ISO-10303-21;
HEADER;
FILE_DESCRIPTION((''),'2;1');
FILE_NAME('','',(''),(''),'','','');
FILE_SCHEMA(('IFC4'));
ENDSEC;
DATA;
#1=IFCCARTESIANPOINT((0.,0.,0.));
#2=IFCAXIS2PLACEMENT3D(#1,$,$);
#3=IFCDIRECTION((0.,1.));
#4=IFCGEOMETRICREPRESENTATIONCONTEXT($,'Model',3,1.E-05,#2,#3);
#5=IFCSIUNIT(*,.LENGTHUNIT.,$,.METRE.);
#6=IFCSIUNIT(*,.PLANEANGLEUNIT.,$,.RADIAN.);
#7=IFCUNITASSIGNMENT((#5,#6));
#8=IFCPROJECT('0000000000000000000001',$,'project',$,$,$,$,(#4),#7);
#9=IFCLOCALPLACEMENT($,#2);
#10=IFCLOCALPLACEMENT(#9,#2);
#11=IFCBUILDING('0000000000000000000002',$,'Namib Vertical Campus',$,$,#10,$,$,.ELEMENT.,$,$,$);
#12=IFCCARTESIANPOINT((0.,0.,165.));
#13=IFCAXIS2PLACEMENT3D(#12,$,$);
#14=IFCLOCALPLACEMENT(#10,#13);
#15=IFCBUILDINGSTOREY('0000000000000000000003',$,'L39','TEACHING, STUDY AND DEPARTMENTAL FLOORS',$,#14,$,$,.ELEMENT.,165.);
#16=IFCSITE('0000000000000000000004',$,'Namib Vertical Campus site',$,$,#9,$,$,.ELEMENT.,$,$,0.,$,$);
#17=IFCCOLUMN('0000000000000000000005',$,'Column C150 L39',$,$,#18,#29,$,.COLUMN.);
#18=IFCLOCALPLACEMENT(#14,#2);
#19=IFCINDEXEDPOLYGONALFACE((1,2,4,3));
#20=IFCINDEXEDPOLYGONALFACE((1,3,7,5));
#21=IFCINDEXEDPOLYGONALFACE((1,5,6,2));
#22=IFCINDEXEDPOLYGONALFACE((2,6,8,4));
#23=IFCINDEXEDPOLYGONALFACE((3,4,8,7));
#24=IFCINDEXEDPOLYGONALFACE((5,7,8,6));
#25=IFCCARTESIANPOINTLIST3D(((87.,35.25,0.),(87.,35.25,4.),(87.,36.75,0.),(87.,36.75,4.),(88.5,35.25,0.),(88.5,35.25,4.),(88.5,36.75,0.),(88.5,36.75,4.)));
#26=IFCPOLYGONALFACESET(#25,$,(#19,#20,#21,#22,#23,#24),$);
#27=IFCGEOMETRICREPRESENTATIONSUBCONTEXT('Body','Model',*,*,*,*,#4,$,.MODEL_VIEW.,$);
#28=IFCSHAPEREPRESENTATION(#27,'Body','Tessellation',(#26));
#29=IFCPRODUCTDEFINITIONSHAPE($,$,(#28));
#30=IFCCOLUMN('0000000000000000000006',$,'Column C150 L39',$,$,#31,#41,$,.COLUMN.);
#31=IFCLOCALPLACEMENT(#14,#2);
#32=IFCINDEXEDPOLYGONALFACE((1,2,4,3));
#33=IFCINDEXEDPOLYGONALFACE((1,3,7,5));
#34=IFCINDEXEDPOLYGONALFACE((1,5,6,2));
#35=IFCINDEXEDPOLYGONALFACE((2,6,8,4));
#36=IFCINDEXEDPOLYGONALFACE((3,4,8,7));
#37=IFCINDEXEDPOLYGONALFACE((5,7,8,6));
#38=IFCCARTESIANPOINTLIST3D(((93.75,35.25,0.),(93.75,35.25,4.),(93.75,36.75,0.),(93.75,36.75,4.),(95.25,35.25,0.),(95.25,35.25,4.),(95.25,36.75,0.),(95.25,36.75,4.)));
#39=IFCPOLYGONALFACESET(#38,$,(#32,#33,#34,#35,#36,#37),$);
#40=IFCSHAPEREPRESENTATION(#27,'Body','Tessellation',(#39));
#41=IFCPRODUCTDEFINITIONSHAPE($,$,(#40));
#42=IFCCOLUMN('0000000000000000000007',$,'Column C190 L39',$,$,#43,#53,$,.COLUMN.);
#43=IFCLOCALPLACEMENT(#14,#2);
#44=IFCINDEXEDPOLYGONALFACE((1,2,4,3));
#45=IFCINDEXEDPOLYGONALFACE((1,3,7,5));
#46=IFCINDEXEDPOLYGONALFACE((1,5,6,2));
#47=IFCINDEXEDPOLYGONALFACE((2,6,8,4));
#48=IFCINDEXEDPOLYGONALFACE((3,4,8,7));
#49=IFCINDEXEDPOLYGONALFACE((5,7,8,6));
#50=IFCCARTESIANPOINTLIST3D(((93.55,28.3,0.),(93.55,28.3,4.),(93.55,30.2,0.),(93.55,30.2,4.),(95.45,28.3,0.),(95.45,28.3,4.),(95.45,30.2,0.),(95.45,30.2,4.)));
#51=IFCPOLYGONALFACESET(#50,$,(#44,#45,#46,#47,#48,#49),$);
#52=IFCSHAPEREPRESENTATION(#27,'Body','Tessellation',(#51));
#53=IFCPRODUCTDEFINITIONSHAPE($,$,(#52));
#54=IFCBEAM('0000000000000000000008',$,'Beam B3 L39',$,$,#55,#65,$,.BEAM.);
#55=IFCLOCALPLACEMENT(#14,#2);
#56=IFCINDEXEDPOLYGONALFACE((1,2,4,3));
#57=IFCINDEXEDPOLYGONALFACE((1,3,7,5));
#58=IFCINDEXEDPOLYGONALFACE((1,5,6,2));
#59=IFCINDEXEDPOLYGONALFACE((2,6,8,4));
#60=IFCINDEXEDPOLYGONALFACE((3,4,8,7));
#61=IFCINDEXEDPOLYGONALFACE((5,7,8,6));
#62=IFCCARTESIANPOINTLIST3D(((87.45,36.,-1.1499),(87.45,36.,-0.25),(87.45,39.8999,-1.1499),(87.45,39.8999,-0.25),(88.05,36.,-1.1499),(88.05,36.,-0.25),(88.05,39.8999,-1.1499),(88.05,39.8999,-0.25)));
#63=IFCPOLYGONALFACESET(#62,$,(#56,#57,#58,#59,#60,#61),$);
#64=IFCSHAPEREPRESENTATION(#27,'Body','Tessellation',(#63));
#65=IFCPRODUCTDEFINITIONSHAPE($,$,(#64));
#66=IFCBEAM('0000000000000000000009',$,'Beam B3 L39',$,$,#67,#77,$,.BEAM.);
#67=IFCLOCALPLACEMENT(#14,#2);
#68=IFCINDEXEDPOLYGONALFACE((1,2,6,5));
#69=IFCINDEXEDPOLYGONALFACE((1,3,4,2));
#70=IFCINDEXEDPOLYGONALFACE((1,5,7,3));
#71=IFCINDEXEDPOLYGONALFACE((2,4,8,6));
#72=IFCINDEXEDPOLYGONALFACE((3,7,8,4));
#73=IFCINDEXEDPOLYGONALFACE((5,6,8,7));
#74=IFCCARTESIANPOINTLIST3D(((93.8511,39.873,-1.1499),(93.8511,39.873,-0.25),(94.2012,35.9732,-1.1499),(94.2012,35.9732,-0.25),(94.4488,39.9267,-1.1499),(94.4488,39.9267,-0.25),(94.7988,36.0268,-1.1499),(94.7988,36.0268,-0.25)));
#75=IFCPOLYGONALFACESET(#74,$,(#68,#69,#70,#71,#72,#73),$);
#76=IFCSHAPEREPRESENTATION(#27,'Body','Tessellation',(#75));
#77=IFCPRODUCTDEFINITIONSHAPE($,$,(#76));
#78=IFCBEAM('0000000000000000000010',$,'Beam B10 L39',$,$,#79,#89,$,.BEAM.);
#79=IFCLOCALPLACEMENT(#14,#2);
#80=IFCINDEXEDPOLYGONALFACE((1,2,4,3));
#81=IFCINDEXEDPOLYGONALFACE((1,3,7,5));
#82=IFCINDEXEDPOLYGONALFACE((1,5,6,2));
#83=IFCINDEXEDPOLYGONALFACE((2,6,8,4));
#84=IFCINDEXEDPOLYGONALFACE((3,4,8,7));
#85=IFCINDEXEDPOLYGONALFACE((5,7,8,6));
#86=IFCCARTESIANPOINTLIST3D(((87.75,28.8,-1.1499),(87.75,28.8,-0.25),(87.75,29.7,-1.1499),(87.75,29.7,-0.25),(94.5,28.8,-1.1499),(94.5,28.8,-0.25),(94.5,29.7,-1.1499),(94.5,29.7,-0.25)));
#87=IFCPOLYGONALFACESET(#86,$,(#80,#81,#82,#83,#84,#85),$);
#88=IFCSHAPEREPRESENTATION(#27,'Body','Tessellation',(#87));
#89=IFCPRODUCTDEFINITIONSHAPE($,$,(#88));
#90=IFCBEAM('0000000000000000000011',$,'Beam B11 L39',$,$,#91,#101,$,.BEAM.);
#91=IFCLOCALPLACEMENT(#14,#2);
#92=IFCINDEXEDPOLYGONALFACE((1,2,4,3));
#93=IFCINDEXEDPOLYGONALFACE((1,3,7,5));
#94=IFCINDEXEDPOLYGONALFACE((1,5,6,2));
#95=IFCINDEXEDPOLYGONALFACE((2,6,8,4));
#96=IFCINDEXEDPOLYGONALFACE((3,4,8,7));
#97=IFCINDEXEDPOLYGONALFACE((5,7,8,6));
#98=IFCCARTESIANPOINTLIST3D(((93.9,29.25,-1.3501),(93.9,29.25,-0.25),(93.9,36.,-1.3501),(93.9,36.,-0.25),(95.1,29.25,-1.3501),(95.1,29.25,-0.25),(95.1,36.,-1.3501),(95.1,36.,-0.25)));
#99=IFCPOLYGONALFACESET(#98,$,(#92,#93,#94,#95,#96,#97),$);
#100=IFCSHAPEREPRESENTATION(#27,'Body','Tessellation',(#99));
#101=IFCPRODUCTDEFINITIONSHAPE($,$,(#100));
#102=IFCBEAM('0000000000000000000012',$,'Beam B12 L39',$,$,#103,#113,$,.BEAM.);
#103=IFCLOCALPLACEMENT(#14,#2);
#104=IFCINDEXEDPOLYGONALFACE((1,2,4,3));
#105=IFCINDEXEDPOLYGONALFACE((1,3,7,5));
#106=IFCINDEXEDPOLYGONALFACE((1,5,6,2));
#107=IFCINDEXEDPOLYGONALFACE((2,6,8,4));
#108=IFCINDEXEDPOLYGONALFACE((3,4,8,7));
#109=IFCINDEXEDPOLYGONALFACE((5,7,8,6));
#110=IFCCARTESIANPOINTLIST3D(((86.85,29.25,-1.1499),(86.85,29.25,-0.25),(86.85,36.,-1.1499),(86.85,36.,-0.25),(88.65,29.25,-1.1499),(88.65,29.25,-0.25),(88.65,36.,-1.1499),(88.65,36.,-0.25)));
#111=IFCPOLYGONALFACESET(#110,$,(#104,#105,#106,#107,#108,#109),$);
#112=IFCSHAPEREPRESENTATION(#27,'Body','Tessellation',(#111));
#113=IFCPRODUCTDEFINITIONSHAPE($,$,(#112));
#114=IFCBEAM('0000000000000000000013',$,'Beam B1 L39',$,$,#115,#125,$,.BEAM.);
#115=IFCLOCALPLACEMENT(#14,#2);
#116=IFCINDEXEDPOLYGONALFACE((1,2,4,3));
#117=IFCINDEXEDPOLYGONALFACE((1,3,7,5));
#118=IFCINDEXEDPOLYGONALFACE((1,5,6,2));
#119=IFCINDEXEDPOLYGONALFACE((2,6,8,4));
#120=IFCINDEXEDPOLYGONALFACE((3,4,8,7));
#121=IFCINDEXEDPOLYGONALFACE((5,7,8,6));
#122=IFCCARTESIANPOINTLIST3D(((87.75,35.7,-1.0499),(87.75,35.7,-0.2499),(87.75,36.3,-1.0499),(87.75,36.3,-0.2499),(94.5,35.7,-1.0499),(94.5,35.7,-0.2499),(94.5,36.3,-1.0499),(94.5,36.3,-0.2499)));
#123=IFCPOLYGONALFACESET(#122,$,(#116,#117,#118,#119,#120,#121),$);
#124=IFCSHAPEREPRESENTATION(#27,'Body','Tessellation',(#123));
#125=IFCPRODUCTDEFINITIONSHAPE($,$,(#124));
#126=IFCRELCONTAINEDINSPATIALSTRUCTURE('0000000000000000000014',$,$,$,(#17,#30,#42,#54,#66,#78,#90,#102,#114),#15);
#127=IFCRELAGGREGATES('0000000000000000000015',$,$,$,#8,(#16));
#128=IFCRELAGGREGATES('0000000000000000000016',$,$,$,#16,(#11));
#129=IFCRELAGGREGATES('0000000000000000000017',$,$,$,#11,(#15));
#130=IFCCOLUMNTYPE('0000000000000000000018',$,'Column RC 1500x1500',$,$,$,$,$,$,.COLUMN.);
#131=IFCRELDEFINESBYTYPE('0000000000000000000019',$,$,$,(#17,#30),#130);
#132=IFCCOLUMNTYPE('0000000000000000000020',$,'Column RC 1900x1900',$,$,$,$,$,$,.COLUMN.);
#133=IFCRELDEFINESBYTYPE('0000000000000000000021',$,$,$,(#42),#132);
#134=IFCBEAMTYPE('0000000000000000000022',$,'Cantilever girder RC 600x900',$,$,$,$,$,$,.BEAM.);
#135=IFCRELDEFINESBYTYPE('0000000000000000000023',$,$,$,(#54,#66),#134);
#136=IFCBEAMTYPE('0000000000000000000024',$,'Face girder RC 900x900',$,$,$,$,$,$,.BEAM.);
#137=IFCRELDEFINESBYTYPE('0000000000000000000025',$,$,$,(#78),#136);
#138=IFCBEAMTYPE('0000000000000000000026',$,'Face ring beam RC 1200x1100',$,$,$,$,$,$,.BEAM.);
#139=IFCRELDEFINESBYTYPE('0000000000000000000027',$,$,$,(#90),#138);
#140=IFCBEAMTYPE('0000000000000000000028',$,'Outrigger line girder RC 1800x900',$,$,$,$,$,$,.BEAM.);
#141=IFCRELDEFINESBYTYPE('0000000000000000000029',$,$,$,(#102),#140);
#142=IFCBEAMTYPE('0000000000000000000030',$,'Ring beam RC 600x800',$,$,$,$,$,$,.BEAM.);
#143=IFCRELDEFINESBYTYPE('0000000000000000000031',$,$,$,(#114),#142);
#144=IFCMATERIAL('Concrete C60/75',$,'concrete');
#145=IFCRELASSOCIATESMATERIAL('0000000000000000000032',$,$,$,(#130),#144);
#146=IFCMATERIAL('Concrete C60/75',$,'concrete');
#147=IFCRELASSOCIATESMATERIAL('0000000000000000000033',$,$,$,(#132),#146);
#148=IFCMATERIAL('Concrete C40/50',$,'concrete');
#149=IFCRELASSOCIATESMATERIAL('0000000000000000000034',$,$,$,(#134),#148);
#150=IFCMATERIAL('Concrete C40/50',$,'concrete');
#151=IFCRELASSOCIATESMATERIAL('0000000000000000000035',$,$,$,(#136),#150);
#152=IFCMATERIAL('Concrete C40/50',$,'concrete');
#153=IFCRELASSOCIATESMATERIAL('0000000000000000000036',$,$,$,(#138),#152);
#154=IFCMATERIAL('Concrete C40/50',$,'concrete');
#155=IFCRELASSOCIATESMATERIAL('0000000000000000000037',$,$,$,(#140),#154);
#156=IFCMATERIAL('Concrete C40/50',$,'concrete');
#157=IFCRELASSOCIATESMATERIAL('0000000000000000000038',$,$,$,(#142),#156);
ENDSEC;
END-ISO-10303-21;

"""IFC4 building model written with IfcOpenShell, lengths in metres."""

from ifc_helpers import new_model, si_unit, direction, frame, origin, origin_2d, place, context, subcontext, project, spatial, rectangle, extrude, material, material_profile, profile_set, type_object, element, save


model = new_model("IFC4")

# Units and contexts
model_context = context("Model", 3, precision=1e-05, world=origin(), true_north=direction((0.0, 1.0)))
body_context = subcontext(model_context, "Body", "Model", "MODEL_VIEW")
ifc_project = project(units=[si_unit("LENGTHUNIT", "METRE"), si_unit("PLANEANGLEUNIT", "RADIAN")], contexts=[model_context])

# Site, building, storey
site_placement = place(None, origin())
site = spatial("IfcSite", under=ifc_project, at=site_placement, Name="Namib Vertical Campus site", CompositionType="ELEMENT", RefElevation=0.0)
building_placement = place(site_placement, origin())
building = spatial("IfcBuilding", under=site, at=building_placement, Name="Namib Vertical Campus", CompositionType="ELEMENT")
storey_placement = place(building_placement, frame((0.0, 0.0, 165.0)))
storey = spatial("IfcBuildingStorey", under=building, at=storey_placement, Name="L39", Description="TEACHING, STUDY AND DEPARTMENTAL FLOORS", CompositionType="ELEMENT", Elevation=165.0)

# Columns
ifc_material_1 = material(Name="Concrete C60/75", Category="concrete")
ifc_material_profile_1 = material_profile(ifc_material_1, rectangle(XDim=1.5, YDim=1.5, at=origin_2d()))
ifc_profile_set_1 = profile_set([ifc_material_profile_1], Name="Concrete C60/75")
column_type_1 = type_object("IfcColumnType", Name="Column RC 1500x1500", PredefinedType="COLUMN", material=ifc_profile_set_1)
for number, where, z_axis, x_axis, name in (
    (1, (87.75, 36.0, 0.0), (0.0, 0.0, 1.0), (1.0, 0.0, 0.0), "Column C150 L39"),
    (2, (94.5, 36.0, 0.0), (0.0, 0.0, 1.0), (1.0, 0.0, 0.0), "Column C150 L39"),
):
    element("IfcColumn", number, at=place(storey_placement, frame(where, z_axis=z_axis, x_axis=x_axis)), inside=storey, type_object=column_type_1, Name=name, PredefinedType="COLUMN", context=body_context, shape_type="SweptSolid", body=[
        extrude(rectangle(XDim=1.5, YDim=1.5, at=origin_2d()), origin(), (0.0, 0.0, 1.0), 4.0),
    ])
ifc_material_2 = material(Name="Concrete C60/75", Category="concrete")
ifc_material_profile_2 = material_profile(ifc_material_2, rectangle(XDim=1.8999, YDim=1.8999, at=origin_2d()))
ifc_profile_set_2 = profile_set([ifc_material_profile_2], Name="Concrete C60/75")
column_type_2 = type_object("IfcColumnType", Name="Column RC 1900x1900", PredefinedType="COLUMN", material=ifc_profile_set_2)
column_placement = place(storey_placement, frame((94.5, 29.25, 0.0), z_axis=(0.0, 0.0, 1.0), x_axis=(1.0, 0.0, 0.0)))
element("IfcColumn", 3, at=column_placement, inside=storey, type_object=column_type_2, Name="Column C190 L39", PredefinedType="COLUMN", context=body_context, shape_type="SweptSolid", body=[
    extrude(rectangle(XDim=1.8999, YDim=1.8999, at=origin_2d()), origin(), (0.0, 0.0, 1.0), 4.0),
])

# Beams
ifc_material_3 = material(Name="Concrete C40/50", Category="concrete")
ifc_material_profile_3 = material_profile(ifc_material_3, rectangle(XDim=0.6001, YDim=0.8999, at=origin_2d()))
ifc_profile_set_3 = profile_set([ifc_material_profile_3], Name="Concrete C40/50")
beam_type_1 = type_object("IfcBeamType", Name="Cantilever girder RC 600x900", PredefinedType="BEAM", material=ifc_profile_set_3)
beam_1_placement = place(storey_placement, frame((87.75, 36.0, -0.7), z_axis=(0.0, 1.0, 0.0), x_axis=(-1.0, 0.0, 0.0)))
element("IfcBeam", 4, at=beam_1_placement, inside=storey, type_object=beam_type_1, Name="Beam B3 L39", PredefinedType="BEAM", context=body_context, shape_type="SweptSolid", body=[
    extrude(rectangle(XDim=0.6001, YDim=0.8999, at=origin_2d()), origin(), (0.0, 0.0, 1.0), 3.8999),
])
beam_2_placement = place(storey_placement, frame((94.5, 36.0, -0.7), z_axis=(-0.089411, 0.995995, 0.0), x_axis=(-0.995995, -0.089411, 0.0)))
element("IfcBeam", 5, at=beam_2_placement, inside=storey, type_object=beam_type_1, Name="Beam B3 L39", PredefinedType="BEAM", context=body_context, shape_type="SweptSolid", body=[
    extrude(rectangle(XDim=0.6001, YDim=0.8999, at=origin_2d()), origin(), (0.0, 0.0, 1.0), 3.9155),
])
ifc_material_4 = material(Name="Concrete C40/50", Category="concrete")
ifc_material_profile_4 = material_profile(ifc_material_4, rectangle(XDim=0.8999, YDim=0.8999, at=origin_2d()))
ifc_profile_set_4 = profile_set([ifc_material_profile_4], Name="Concrete C40/50")
beam_type_2 = type_object("IfcBeamType", Name="Face girder RC 900x900", PredefinedType="BEAM", material=ifc_profile_set_4)
beam_3_placement = place(storey_placement, frame((94.5, 29.25, -0.7), z_axis=(-1.0, 0.0, 0.0), x_axis=(0.0, -1.0, 0.0)))
element("IfcBeam", 6, at=beam_3_placement, inside=storey, type_object=beam_type_2, Name="Beam B10 L39", PredefinedType="BEAM", context=body_context, shape_type="SweptSolid", body=[
    extrude(rectangle(XDim=0.8999, YDim=0.8999, at=origin_2d()), origin(), (0.0, 0.0, 1.0), 6.75),
])
ifc_material_5 = material(Name="Concrete C40/50", Category="concrete")
ifc_material_profile_5 = material_profile(ifc_material_5, rectangle(XDim=1.2, YDim=1.1001, at=origin_2d()))
ifc_profile_set_5 = profile_set([ifc_material_profile_5], Name="Concrete C40/50")
beam_type_3 = type_object("IfcBeamType", Name="Face ring beam RC 1200x1100", PredefinedType="BEAM", material=ifc_profile_set_5)
beam_4_placement = place(storey_placement, frame((94.5, 29.25, -0.8), z_axis=(0.0, 1.0, 0.0), x_axis=(-1.0, 0.0, 0.0)))
element("IfcBeam", 7, at=beam_4_placement, inside=storey, type_object=beam_type_3, Name="Beam B11 L39", PredefinedType="BEAM", context=body_context, shape_type="SweptSolid", body=[
    extrude(rectangle(XDim=1.2, YDim=1.1001, at=origin_2d()), origin(), (0.0, 0.0, 1.0), 6.75),
])
ifc_material_6 = material(Name="Concrete C40/50", Category="concrete")
ifc_material_profile_6 = material_profile(ifc_material_6, rectangle(XDim=1.8, YDim=0.8999, at=origin_2d()))
ifc_profile_set_6 = profile_set([ifc_material_profile_6], Name="Concrete C40/50")
beam_type_4 = type_object("IfcBeamType", Name="Outrigger line girder RC 1800x900", PredefinedType="BEAM", material=ifc_profile_set_6)
beam_5_placement = place(storey_placement, frame((87.75, 36.0, -0.7), z_axis=(0.0, -1.0, 0.0), x_axis=(1.0, 0.0, 0.0)))
element("IfcBeam", 8, at=beam_5_placement, inside=storey, type_object=beam_type_4, Name="Beam B12 L39", PredefinedType="BEAM", context=body_context, shape_type="SweptSolid", body=[
    extrude(rectangle(XDim=1.8, YDim=0.8999, at=origin_2d()), origin(), (0.0, 0.0, 1.0), 6.75),
])
ifc_material_7 = material(Name="Concrete C40/50", Category="concrete")
ifc_material_profile_7 = material_profile(ifc_material_7, rectangle(XDim=0.6001, YDim=0.8, at=origin_2d()))
ifc_profile_set_7 = profile_set([ifc_material_profile_7], Name="Concrete C40/50")
beam_type_5 = type_object("IfcBeamType", Name="Ring beam RC 600x800", PredefinedType="BEAM", material=ifc_profile_set_7)
beam_6_placement = place(storey_placement, frame((87.75, 36.0, -0.6499), z_axis=(1.0, 0.0, 0.0), x_axis=(0.0, 1.0, 0.0)))
element("IfcBeam", 9, at=beam_6_placement, inside=storey, type_object=beam_type_5, Name="Beam B1 L39", PredefinedType="BEAM", context=body_context, shape_type="SweptSolid", body=[
    extrude(rectangle(XDim=0.6001, YDim=0.8, at=origin_2d()), origin(), (0.0, 0.0, 1.0), 6.75),
])

save(model, "model.ifc")
